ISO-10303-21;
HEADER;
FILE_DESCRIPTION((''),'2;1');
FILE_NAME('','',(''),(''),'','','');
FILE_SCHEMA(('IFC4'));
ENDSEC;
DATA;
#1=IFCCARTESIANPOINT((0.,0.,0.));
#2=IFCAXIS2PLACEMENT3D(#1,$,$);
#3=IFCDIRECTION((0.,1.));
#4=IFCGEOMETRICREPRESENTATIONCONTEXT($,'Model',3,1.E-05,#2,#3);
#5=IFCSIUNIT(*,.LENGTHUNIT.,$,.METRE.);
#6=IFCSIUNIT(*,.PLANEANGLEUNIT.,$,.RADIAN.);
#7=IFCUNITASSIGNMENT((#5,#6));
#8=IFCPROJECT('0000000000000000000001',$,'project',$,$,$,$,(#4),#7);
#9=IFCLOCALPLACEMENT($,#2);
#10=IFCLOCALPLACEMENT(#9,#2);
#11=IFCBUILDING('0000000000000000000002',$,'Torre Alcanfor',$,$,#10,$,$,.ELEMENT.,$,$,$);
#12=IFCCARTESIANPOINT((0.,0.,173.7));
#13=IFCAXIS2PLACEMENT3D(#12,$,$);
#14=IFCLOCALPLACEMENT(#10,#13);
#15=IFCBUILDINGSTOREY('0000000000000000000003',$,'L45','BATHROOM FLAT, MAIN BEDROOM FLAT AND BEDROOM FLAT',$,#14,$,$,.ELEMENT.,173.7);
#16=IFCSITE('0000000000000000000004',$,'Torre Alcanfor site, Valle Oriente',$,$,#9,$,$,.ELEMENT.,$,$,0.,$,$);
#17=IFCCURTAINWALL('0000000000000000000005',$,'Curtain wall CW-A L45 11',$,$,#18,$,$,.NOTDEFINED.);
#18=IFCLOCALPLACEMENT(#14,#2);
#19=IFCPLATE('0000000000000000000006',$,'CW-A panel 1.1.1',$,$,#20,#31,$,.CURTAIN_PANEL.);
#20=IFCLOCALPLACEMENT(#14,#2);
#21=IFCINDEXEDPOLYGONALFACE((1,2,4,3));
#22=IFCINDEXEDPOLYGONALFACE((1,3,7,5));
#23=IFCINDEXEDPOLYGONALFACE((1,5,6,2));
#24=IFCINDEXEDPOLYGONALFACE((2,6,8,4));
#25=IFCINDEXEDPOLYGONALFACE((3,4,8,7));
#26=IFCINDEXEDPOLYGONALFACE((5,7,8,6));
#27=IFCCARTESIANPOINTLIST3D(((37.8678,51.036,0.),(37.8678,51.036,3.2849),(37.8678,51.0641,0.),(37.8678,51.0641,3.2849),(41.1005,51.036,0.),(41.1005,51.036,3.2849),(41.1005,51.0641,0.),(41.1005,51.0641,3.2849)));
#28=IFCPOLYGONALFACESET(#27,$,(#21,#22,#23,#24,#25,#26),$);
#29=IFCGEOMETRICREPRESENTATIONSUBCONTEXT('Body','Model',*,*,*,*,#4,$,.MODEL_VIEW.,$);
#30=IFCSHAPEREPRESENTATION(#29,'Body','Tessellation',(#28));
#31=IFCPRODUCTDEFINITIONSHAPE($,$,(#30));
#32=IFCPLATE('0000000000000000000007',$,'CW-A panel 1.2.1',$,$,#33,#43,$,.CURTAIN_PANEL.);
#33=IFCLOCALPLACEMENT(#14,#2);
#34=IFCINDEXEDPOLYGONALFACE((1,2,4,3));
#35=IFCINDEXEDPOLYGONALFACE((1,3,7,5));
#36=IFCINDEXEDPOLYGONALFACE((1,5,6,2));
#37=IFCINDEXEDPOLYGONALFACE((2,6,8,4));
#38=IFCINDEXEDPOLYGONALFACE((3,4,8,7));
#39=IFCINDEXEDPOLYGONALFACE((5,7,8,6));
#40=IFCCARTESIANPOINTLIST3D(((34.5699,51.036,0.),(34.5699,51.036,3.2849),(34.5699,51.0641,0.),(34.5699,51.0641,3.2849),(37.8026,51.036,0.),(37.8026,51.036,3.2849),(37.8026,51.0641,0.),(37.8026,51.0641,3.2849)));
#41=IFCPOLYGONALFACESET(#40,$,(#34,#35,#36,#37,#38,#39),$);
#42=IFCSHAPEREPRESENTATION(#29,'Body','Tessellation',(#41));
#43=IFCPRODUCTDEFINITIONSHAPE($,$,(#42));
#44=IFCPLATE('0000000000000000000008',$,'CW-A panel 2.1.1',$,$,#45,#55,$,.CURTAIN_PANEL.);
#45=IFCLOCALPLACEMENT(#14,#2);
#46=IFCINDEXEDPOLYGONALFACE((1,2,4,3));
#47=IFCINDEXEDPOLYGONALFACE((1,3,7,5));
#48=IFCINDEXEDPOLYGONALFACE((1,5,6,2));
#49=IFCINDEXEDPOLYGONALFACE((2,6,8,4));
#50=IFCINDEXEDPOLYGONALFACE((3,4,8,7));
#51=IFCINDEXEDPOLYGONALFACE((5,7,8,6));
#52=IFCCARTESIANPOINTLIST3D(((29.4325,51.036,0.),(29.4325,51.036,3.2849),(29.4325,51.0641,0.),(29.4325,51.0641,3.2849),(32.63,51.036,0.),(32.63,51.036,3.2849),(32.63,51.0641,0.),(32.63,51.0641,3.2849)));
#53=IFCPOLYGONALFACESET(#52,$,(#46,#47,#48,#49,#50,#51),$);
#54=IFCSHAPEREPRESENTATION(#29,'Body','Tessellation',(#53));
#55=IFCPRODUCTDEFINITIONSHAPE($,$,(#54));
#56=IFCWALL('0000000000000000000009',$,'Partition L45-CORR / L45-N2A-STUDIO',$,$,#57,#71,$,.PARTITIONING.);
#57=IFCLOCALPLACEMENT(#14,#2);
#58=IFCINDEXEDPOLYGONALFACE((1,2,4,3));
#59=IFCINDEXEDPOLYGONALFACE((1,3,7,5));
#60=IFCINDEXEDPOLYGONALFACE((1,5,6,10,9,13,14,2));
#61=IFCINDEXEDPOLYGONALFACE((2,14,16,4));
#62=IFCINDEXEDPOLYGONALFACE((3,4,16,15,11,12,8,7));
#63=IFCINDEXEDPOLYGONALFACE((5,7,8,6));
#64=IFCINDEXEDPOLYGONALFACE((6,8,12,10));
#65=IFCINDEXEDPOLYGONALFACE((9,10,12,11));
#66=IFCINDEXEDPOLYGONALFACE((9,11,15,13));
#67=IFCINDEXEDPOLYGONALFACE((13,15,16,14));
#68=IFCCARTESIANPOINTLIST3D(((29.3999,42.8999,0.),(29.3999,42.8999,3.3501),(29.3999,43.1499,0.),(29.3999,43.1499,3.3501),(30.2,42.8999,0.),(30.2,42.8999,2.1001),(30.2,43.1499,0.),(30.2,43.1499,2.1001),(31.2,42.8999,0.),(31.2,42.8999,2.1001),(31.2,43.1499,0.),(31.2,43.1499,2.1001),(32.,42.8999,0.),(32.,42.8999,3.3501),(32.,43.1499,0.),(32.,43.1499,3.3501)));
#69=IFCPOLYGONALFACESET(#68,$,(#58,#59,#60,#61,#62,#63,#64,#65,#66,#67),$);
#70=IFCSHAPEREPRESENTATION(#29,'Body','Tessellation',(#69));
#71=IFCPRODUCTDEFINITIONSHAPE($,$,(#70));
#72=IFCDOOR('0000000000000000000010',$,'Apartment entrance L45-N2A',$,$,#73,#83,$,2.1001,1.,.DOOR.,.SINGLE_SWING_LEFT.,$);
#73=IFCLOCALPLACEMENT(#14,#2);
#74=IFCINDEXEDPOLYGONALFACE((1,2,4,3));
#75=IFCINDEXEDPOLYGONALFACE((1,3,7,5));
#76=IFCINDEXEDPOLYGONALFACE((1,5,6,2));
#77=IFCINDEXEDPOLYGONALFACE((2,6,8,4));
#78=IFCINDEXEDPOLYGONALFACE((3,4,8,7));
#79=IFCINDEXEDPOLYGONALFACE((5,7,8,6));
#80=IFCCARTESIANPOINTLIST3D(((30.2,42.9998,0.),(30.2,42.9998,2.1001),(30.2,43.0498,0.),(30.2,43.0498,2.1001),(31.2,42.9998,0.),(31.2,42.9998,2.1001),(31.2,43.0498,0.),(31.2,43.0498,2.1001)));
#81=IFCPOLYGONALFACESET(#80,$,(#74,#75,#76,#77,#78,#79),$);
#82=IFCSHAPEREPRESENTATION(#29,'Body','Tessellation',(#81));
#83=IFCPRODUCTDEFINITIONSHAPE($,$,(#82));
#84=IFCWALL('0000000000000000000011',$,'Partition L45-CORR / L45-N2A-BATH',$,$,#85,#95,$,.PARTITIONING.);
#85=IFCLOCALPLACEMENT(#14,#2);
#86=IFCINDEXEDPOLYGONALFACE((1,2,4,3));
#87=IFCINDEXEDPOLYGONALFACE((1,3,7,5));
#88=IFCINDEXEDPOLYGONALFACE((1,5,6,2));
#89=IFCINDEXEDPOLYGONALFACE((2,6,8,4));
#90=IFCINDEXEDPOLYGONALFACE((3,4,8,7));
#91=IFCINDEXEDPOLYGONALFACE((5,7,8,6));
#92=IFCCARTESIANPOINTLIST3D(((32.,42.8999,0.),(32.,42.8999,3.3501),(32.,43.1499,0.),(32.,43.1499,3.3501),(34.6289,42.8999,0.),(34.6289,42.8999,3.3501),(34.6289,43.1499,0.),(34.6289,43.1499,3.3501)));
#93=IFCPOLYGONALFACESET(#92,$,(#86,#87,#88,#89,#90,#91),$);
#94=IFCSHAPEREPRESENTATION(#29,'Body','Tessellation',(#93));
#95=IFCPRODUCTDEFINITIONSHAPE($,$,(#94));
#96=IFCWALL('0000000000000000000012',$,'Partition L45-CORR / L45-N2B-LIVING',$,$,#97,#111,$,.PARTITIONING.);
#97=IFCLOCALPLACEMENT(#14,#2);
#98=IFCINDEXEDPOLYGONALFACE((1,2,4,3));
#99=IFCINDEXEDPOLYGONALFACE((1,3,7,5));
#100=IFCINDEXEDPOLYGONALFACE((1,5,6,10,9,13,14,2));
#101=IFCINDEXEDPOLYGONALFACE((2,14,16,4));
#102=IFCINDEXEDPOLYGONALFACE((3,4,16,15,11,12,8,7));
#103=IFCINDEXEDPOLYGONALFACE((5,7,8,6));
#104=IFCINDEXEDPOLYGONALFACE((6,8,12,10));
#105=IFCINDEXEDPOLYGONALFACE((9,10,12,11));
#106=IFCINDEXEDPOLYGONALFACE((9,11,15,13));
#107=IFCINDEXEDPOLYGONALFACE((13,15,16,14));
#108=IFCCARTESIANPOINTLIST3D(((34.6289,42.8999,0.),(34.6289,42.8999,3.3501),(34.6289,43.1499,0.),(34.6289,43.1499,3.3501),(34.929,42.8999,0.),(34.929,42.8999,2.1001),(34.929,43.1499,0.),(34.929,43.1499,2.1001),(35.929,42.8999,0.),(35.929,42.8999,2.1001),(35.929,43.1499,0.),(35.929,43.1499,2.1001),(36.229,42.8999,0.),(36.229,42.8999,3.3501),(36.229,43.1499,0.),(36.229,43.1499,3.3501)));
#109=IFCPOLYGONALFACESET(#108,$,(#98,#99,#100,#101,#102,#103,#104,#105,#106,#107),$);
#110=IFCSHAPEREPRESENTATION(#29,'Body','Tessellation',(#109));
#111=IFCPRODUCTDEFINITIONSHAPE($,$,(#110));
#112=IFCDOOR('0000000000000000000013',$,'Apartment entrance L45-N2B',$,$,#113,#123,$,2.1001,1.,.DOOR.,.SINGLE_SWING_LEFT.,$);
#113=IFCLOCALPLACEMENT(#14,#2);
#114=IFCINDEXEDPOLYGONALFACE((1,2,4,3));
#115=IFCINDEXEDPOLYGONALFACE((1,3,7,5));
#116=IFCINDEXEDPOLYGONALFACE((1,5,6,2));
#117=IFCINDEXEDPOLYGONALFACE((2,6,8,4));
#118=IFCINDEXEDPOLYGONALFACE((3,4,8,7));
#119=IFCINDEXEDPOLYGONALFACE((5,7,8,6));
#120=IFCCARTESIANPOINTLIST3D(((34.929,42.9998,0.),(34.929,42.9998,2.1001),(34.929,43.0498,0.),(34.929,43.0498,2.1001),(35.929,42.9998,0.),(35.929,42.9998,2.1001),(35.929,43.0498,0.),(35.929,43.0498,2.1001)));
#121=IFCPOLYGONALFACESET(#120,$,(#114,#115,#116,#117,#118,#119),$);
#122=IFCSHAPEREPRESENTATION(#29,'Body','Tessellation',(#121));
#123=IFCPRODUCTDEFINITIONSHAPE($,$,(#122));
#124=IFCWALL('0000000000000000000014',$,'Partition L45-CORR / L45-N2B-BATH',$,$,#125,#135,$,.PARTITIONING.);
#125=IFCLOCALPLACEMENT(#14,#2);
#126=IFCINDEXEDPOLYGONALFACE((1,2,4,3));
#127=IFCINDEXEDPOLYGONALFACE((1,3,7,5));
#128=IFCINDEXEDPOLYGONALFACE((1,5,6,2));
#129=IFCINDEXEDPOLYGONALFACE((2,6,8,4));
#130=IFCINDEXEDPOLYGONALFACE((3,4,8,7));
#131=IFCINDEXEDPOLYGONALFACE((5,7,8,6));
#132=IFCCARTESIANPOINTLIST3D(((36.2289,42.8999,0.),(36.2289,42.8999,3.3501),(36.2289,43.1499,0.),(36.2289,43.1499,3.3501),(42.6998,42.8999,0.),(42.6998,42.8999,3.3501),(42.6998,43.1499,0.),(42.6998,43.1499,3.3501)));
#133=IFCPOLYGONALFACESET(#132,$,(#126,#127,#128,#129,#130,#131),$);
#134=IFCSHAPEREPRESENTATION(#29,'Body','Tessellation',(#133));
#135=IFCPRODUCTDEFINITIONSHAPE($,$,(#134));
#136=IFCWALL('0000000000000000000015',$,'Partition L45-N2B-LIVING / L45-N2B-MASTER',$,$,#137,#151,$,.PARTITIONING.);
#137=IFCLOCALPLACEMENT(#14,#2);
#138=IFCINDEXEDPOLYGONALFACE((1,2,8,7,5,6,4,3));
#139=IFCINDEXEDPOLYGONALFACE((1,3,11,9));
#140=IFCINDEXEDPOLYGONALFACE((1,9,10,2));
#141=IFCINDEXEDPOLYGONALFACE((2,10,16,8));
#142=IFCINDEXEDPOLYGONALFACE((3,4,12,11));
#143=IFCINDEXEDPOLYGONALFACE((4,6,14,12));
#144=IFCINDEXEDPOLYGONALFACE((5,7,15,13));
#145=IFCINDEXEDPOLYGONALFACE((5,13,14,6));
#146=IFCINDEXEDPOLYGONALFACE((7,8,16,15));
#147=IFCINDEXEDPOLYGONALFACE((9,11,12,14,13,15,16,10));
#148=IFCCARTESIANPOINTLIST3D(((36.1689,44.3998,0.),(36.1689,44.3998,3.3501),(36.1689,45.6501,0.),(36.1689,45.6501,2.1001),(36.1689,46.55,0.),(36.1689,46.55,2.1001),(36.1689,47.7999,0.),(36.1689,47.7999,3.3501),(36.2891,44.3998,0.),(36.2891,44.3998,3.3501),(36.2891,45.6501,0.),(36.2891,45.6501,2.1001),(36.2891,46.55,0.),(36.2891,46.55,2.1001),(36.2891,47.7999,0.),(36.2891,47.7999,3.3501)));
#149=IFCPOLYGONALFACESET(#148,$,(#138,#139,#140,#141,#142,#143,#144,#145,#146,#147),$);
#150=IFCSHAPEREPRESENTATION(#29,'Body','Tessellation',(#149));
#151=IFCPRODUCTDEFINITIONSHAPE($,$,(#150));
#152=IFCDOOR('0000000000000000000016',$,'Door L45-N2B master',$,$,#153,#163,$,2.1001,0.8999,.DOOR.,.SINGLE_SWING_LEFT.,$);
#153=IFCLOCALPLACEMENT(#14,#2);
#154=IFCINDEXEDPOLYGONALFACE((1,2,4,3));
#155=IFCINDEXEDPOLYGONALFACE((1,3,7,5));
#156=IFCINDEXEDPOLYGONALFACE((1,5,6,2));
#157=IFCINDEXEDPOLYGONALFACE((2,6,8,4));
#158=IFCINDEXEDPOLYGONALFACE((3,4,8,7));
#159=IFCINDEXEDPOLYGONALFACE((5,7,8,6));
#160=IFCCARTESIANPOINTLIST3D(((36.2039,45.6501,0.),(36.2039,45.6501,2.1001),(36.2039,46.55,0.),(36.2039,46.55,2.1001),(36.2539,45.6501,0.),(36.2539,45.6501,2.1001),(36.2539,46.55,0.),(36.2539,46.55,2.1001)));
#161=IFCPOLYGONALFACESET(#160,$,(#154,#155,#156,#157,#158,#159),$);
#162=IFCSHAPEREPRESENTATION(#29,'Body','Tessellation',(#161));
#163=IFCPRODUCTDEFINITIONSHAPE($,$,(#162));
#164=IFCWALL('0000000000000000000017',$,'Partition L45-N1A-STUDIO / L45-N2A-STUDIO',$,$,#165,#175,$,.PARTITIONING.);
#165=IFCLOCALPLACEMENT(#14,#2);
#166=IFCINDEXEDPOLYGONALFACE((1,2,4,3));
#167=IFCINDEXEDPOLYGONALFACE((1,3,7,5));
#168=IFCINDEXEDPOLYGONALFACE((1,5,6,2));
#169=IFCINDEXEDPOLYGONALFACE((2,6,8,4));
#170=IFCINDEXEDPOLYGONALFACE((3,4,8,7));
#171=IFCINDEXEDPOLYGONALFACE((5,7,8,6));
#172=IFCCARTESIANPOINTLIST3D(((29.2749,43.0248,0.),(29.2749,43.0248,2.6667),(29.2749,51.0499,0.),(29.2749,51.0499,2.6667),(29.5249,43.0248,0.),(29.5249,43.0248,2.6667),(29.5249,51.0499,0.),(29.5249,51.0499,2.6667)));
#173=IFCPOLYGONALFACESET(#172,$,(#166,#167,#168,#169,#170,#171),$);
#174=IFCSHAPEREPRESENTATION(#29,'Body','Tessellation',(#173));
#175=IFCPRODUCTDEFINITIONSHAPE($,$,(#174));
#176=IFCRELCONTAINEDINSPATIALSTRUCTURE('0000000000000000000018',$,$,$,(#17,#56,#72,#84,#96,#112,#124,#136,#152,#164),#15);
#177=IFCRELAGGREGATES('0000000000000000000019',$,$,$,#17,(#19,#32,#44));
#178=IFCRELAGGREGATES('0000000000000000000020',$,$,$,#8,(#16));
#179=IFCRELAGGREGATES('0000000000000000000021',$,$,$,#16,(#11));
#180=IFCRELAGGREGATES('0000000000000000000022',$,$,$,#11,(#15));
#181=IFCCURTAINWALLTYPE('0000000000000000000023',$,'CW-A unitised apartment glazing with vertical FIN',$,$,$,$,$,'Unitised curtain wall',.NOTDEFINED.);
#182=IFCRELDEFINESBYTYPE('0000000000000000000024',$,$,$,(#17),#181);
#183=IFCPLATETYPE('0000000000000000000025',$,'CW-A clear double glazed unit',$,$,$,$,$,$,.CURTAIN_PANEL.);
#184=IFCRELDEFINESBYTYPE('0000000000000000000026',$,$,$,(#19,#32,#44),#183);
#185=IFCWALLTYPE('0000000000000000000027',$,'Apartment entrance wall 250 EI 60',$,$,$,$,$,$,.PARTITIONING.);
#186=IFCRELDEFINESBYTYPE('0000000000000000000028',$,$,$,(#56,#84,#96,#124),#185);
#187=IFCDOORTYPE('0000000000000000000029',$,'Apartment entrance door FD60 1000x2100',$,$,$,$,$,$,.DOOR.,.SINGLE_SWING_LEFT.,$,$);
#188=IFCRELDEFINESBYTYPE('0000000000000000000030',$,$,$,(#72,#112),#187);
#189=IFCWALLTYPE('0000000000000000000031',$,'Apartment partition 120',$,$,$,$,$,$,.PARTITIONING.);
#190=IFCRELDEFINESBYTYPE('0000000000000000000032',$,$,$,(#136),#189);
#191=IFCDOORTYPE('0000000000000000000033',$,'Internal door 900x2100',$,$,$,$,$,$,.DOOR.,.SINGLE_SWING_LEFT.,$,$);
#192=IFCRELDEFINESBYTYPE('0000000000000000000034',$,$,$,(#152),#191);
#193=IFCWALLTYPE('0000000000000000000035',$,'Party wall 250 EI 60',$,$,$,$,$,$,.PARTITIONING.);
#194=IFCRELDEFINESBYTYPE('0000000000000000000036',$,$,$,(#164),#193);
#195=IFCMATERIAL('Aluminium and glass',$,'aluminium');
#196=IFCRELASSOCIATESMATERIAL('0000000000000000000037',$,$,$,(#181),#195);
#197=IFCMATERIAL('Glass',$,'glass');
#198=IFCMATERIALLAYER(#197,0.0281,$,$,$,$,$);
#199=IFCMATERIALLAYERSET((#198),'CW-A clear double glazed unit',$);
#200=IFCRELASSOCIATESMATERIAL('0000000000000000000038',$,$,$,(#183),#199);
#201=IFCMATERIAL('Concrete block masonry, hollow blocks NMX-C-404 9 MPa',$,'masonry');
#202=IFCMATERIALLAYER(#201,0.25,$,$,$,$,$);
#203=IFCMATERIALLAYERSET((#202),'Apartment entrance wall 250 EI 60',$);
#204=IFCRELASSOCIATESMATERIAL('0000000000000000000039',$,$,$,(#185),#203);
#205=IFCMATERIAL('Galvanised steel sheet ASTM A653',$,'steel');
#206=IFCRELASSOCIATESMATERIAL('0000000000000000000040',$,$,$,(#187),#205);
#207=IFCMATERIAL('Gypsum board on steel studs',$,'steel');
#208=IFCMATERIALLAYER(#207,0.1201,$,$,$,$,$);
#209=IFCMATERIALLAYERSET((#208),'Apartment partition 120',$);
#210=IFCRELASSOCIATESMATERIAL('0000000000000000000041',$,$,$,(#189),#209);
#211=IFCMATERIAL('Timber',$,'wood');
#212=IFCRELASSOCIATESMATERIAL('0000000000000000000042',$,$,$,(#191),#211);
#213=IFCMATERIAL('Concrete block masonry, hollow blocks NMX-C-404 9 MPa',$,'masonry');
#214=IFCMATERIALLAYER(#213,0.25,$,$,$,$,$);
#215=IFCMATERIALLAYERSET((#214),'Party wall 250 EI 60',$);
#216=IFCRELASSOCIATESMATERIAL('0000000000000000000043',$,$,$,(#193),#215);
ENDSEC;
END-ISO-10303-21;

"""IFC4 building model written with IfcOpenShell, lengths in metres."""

from ifc_helpers import new_model, si_unit, direction, frame, frame_2d, origin, origin_2d, place, context, subcontext, project, spatial, rectangle, extrude, material, layer, layer_set, type_object, element, fill, aggregate, save


model = new_model("IFC4")

# Units and contexts
model_context = context("Model", 3, precision=1e-05, world=origin(), true_north=direction((0.0, 1.0)))
body_context = subcontext(model_context, "Body", "Model", "MODEL_VIEW")
ifc_project = project(units=[si_unit("LENGTHUNIT", "METRE"), si_unit("PLANEANGLEUNIT", "RADIAN")], contexts=[model_context])

# Site, building, storey
site_placement = place(None, origin())
site = spatial("IfcSite", under=ifc_project, at=site_placement, Name="Torre Alcanfor site, Valle Oriente", CompositionType="ELEMENT", RefElevation=0.0)
building_placement = place(site_placement, origin())
building = spatial("IfcBuilding", under=site, at=building_placement, Name="Torre Alcanfor", CompositionType="ELEMENT")
storey_placement = place(building_placement, frame((0.0, 0.0, 173.7)))
storey = spatial("IfcBuildingStorey", under=building, at=storey_placement, Name="L45", Description="BATHROOM FLAT, MAIN BEDROOM FLAT AND BEDROOM FLAT", CompositionType="ELEMENT", Elevation=173.7)

# Curtain wall
ifc_material_1 = material(Name="Aluminium and glass", Category="aluminium")
curtain_wall_type = type_object("IfcCurtainWallType", Name="CW-A unitised apartment glazing with vertical FIN", ElementType="Unitised curtain wall", PredefinedType="NOTDEFINED", material=ifc_material_1)
curtain_wall_placement = place(storey_placement, origin())
curtain_wall = element("IfcCurtainWall", 1, at=curtain_wall_placement, inside=storey, type_object=curtain_wall_type, Name="Curtain wall CW-A L45 11", PredefinedType="NOTDEFINED")

# Plates
ifc_material_2 = material(Name="Glass", Category="glass")
ifc_layer_1 = layer(ifc_material_2, 0.0281)
ifc_layer_set_1 = layer_set([ifc_layer_1], Name="CW-A clear double glazed unit")
plate_type = type_object("IfcPlateType", Name="CW-A clear double glazed unit", PredefinedType="CURTAIN_PANEL", material=ifc_layer_set_1)
plate_1_placement = place(storey_placement, frame((39.4841, 51.05, 0.0), z_axis=(0.0, 0.0, 1.0), x_axis=(-1.0, 0.0, 0.0)))
plate_1 = element("IfcPlate", 2, at=plate_1_placement, type_object=plate_type, Name="CW-A panel 1.1.1", PredefinedType="CURTAIN_PANEL", context=body_context, shape_type="SweptSolid", body=[
    extrude(rectangle(XDim=3.2327, YDim=0.0281, at=origin_2d()), origin(), (0.0, 0.0, 1.0), 3.2849),
])
plate_2_placement = place(storey_placement, frame((36.1863, 51.05, 0.0), z_axis=(0.0, 0.0, 1.0), x_axis=(-1.0, 0.0, 0.0)))
plate_2 = element("IfcPlate", 3, at=plate_2_placement, type_object=plate_type, Name="CW-A panel 1.2.1", PredefinedType="CURTAIN_PANEL", context=body_context, shape_type="SweptSolid", body=[
    extrude(rectangle(XDim=3.2327, YDim=0.0281, at=origin_2d()), origin(), (0.0, 0.0, 1.0), 3.2849),
])
plate_3_placement = place(storey_placement, frame((31.0312, 51.05, 0.0), z_axis=(0.0, 0.0, 1.0), x_axis=(-1.0, 0.0, 0.0)))
plate_3 = element("IfcPlate", 4, at=plate_3_placement, type_object=plate_type, Name="CW-A panel 2.1.1", PredefinedType="CURTAIN_PANEL", context=body_context, shape_type="SweptSolid", body=[
    extrude(rectangle(XDim=3.1975, YDim=0.0281, at=origin_2d()), origin(), (0.0, 0.0, 1.0), 3.2849),
])
aggregate(curtain_wall, [plate_1, plate_2, plate_3])

# Wall, opening, door
ifc_material_3 = material(Name="Concrete block masonry, hollow blocks NMX-C-404 9 MPa", Category="masonry")
ifc_layer_2 = layer(ifc_material_3, 0.25)
ifc_layer_set_2 = layer_set([ifc_layer_2], Name="Apartment entrance wall 250 EI 60")
wall_type_1 = type_object("IfcWallType", Name="Apartment entrance wall 250 EI 60", PredefinedType="PARTITIONING", material=ifc_layer_set_2)
wall_1_placement = place(storey_placement, frame((29.3999, 43.0249, 0.0), z_axis=(0.0, 0.0, 1.0), x_axis=(1.0, 0.0, 0.0)))
wall_1 = element("IfcWall", 5, at=wall_1_placement, inside=storey, type_object=wall_type_1, Name="Partition L45-CORR / L45-N2A-STUDIO", PredefinedType="PARTITIONING", context=body_context, shape_type="SweptSolid", body=[
    extrude(rectangle(XDim=2.6001, YDim=0.25, at=frame_2d((1.3, 0.0))), origin(), (0.0, 0.0, 1.0), 3.3501),
])
opening_1_placement = place(wall_1_placement, frame((0.8, 0.0, 0.0)))
opening_1 = element("IfcOpeningElement", 6, at=opening_1_placement, cuts=wall_1, PredefinedType="OPENING", context=body_context, shape_type="SweptSolid", body=[
    extrude(rectangle(XDim=1.0, YDim=2.1001, at=frame_2d((0.5, 1.05))), frame((0.0, 0.135, 0.0), z_axis=(0.0, -1.0, 0.0), x_axis=(1.0, 0.0, 0.0)), (0.0, 0.0, 1.0), 0.27),
])
ifc_material_4 = material(Name="Galvanised steel sheet ASTM A653", Category="steel")
door_type_1 = type_object("IfcDoorType", Name="Apartment entrance door FD60 1000x2100", OperationType="SINGLE_SWING_LEFT", PredefinedType="DOOR", material=ifc_material_4)
door_1_placement = place(opening_1_placement, origin())
door_1 = element("IfcDoor", 7, at=door_1_placement, inside=storey, type_object=door_type_1, Name="Apartment entrance L45-N2A", OperationType="SINGLE_SWING_LEFT", OverallHeight=2.1001, OverallWidth=1.0, PredefinedType="DOOR", context=body_context, shape_type="SweptSolid", body=[
    extrude(rectangle(XDim=1.0, YDim=2.1001, at=frame_2d((0.5, 1.05))), frame((0.0, 0.0249, 0.0), z_axis=(0.0, -1.0, 0.0), x_axis=(1.0, 0.0, 0.0)), (0.0, 0.0, 1.0), 0.05),
])
fill(opening_1, door_1)

# Wall
wall_2_placement = place(storey_placement, frame((32.0, 43.0249, 0.0), z_axis=(0.0, 0.0, 1.0), x_axis=(1.0, 0.0, 0.0)))
element("IfcWall", 8, at=wall_2_placement, inside=storey, type_object=wall_type_1, Name="Partition L45-CORR / L45-N2A-BATH", PredefinedType="PARTITIONING", context=body_context, shape_type="SweptSolid", body=[
    extrude(rectangle(XDim=2.6289, YDim=0.25, at=frame_2d((1.3145, 0.0))), origin(), (0.0, 0.0, 1.0), 3.3501),
])

# Wall, opening, door
wall_3_placement = place(storey_placement, frame((34.6289, 43.0249, 0.0), z_axis=(0.0, 0.0, 1.0), x_axis=(1.0, 0.0, 0.0)))
wall_3 = element("IfcWall", 9, at=wall_3_placement, inside=storey, type_object=wall_type_1, Name="Partition L45-CORR / L45-N2B-LIVING", PredefinedType="PARTITIONING", context=body_context, shape_type="SweptSolid", body=[
    extrude(rectangle(XDim=1.6001, YDim=0.25, at=frame_2d((0.8, 0.0))), origin(), (0.0, 0.0, 1.0), 3.3501),
])
opening_2_placement = place(wall_3_placement, frame((0.3, 0.0, 0.0)))
opening_2 = element("IfcOpeningElement", 10, at=opening_2_placement, cuts=wall_3, PredefinedType="OPENING", context=body_context, shape_type="SweptSolid", body=[
    extrude(rectangle(XDim=1.0, YDim=2.1001, at=frame_2d((0.5, 1.05))), frame((0.0, 0.135, 0.0), z_axis=(0.0, -1.0, 0.0), x_axis=(1.0, 0.0, 0.0)), (0.0, 0.0, 1.0), 0.27),
])
door_2_placement = place(opening_2_placement, origin())
door_2 = element("IfcDoor", 11, at=door_2_placement, inside=storey, type_object=door_type_1, Name="Apartment entrance L45-N2B", OperationType="SINGLE_SWING_LEFT", OverallHeight=2.1001, OverallWidth=1.0, PredefinedType="DOOR", context=body_context, shape_type="SweptSolid", body=[
    extrude(rectangle(XDim=1.0, YDim=2.1001, at=frame_2d((0.5, 1.05))), frame((0.0, 0.0249, 0.0), z_axis=(0.0, -1.0, 0.0), x_axis=(1.0, 0.0, 0.0)), (0.0, 0.0, 1.0), 0.05),
])
fill(opening_2, door_2)

# Wall
wall_4_placement = place(storey_placement, frame((36.229, 43.0249, 0.0), z_axis=(0.0, 0.0, 1.0), x_axis=(1.0, 0.0, 0.0)))
element("IfcWall", 12, at=wall_4_placement, inside=storey, type_object=wall_type_1, Name="Partition L45-CORR / L45-N2B-BATH", PredefinedType="PARTITIONING", context=body_context, shape_type="SweptSolid", body=[
    extrude(rectangle(XDim=6.4709, YDim=0.25, at=frame_2d((3.2354, 0.0))), origin(), (0.0, 0.0, 1.0), 3.3501),
])

# Wall, opening, door
ifc_material_5 = material(Name="Gypsum board on steel studs", Category="steel")
ifc_layer_3 = layer(ifc_material_5, 0.1201)
ifc_layer_set_3 = layer_set([ifc_layer_3], Name="Apartment partition 120")
wall_type_2 = type_object("IfcWallType", Name="Apartment partition 120", PredefinedType="PARTITIONING", material=ifc_layer_set_3)
wall_5_placement = place(storey_placement, frame((36.229, 47.8, 0.0), z_axis=(0.0, 0.0, 1.0), x_axis=(0.0, -1.0, 0.0)))
wall_5 = element("IfcWall", 13, at=wall_5_placement, inside=storey, type_object=wall_type_2, Name="Partition L45-N2B-LIVING / L45-N2B-MASTER", PredefinedType="PARTITIONING", context=body_context, shape_type="SweptSolid", body=[
    extrude(rectangle(XDim=3.4001, YDim=0.1201, at=frame_2d((1.7002, 0.0))), origin(), (0.0, 0.0, 1.0), 3.3501),
])
opening_3_placement = place(wall_5_placement, frame((1.25, 0.0, 0.0)))
opening_3 = element("IfcOpeningElement", 14, at=opening_3_placement, cuts=wall_5, PredefinedType="OPENING", context=body_context, shape_type="SweptSolid", body=[
    extrude(rectangle(XDim=0.8999, YDim=2.1001, at=frame_2d((0.45, 1.05))), frame((0.0, 0.0701, 0.0), z_axis=(0.0, -1.0, 0.0), x_axis=(1.0, 0.0, 0.0)), (0.0, 0.0, 1.0), 0.1401),
])
ifc_material_6 = material(Name="Timber", Category="wood")
door_type_2 = type_object("IfcDoorType", Name="Internal door 900x2100", OperationType="SINGLE_SWING_LEFT", PredefinedType="DOOR", material=ifc_material_6)
door_3_placement = place(opening_3_placement, origin())
door_3 = element("IfcDoor", 15, at=door_3_placement, inside=storey, type_object=door_type_2, Name="Door L45-N2B master", OperationType="SINGLE_SWING_LEFT", OverallHeight=2.1001, OverallWidth=0.8999, PredefinedType="DOOR", context=body_context, shape_type="SweptSolid", body=[
    extrude(rectangle(XDim=0.8999, YDim=2.1001, at=frame_2d((0.45, 1.05))), frame((0.0, 0.0249, 0.0), z_axis=(0.0, -1.0, 0.0), x_axis=(1.0, 0.0, 0.0)), (0.0, 0.0, 1.0), 0.05),
])
fill(opening_3, door_3)

# Wall
ifc_material_7 = material(Name="Concrete block masonry, hollow blocks NMX-C-404 9 MPa", Category="masonry")
ifc_layer_4 = layer(ifc_material_7, 0.25)
ifc_layer_set_4 = layer_set([ifc_layer_4], Name="Party wall 250 EI 60")
wall_type_3 = type_object("IfcWallType", Name="Party wall 250 EI 60", PredefinedType="PARTITIONING", material=ifc_layer_set_4)
wall_6_placement = place(storey_placement, frame((29.3999, 51.05, 0.0), z_axis=(0.0, 0.0, 1.0), x_axis=(0.0, -1.0, 0.0)))
element("IfcWall", 16, at=wall_6_placement, inside=storey, type_object=wall_type_3, Name="Partition L45-N1A-STUDIO / L45-N2A-STUDIO", PredefinedType="PARTITIONING", context=body_context, shape_type="SweptSolid", body=[
    extrude(rectangle(XDim=8.0251, YDim=0.25, at=frame_2d((4.0127, 0.0))), origin(), (0.0, 0.0, 1.0), 2.6667),
])

save(model, "model.ifc")
